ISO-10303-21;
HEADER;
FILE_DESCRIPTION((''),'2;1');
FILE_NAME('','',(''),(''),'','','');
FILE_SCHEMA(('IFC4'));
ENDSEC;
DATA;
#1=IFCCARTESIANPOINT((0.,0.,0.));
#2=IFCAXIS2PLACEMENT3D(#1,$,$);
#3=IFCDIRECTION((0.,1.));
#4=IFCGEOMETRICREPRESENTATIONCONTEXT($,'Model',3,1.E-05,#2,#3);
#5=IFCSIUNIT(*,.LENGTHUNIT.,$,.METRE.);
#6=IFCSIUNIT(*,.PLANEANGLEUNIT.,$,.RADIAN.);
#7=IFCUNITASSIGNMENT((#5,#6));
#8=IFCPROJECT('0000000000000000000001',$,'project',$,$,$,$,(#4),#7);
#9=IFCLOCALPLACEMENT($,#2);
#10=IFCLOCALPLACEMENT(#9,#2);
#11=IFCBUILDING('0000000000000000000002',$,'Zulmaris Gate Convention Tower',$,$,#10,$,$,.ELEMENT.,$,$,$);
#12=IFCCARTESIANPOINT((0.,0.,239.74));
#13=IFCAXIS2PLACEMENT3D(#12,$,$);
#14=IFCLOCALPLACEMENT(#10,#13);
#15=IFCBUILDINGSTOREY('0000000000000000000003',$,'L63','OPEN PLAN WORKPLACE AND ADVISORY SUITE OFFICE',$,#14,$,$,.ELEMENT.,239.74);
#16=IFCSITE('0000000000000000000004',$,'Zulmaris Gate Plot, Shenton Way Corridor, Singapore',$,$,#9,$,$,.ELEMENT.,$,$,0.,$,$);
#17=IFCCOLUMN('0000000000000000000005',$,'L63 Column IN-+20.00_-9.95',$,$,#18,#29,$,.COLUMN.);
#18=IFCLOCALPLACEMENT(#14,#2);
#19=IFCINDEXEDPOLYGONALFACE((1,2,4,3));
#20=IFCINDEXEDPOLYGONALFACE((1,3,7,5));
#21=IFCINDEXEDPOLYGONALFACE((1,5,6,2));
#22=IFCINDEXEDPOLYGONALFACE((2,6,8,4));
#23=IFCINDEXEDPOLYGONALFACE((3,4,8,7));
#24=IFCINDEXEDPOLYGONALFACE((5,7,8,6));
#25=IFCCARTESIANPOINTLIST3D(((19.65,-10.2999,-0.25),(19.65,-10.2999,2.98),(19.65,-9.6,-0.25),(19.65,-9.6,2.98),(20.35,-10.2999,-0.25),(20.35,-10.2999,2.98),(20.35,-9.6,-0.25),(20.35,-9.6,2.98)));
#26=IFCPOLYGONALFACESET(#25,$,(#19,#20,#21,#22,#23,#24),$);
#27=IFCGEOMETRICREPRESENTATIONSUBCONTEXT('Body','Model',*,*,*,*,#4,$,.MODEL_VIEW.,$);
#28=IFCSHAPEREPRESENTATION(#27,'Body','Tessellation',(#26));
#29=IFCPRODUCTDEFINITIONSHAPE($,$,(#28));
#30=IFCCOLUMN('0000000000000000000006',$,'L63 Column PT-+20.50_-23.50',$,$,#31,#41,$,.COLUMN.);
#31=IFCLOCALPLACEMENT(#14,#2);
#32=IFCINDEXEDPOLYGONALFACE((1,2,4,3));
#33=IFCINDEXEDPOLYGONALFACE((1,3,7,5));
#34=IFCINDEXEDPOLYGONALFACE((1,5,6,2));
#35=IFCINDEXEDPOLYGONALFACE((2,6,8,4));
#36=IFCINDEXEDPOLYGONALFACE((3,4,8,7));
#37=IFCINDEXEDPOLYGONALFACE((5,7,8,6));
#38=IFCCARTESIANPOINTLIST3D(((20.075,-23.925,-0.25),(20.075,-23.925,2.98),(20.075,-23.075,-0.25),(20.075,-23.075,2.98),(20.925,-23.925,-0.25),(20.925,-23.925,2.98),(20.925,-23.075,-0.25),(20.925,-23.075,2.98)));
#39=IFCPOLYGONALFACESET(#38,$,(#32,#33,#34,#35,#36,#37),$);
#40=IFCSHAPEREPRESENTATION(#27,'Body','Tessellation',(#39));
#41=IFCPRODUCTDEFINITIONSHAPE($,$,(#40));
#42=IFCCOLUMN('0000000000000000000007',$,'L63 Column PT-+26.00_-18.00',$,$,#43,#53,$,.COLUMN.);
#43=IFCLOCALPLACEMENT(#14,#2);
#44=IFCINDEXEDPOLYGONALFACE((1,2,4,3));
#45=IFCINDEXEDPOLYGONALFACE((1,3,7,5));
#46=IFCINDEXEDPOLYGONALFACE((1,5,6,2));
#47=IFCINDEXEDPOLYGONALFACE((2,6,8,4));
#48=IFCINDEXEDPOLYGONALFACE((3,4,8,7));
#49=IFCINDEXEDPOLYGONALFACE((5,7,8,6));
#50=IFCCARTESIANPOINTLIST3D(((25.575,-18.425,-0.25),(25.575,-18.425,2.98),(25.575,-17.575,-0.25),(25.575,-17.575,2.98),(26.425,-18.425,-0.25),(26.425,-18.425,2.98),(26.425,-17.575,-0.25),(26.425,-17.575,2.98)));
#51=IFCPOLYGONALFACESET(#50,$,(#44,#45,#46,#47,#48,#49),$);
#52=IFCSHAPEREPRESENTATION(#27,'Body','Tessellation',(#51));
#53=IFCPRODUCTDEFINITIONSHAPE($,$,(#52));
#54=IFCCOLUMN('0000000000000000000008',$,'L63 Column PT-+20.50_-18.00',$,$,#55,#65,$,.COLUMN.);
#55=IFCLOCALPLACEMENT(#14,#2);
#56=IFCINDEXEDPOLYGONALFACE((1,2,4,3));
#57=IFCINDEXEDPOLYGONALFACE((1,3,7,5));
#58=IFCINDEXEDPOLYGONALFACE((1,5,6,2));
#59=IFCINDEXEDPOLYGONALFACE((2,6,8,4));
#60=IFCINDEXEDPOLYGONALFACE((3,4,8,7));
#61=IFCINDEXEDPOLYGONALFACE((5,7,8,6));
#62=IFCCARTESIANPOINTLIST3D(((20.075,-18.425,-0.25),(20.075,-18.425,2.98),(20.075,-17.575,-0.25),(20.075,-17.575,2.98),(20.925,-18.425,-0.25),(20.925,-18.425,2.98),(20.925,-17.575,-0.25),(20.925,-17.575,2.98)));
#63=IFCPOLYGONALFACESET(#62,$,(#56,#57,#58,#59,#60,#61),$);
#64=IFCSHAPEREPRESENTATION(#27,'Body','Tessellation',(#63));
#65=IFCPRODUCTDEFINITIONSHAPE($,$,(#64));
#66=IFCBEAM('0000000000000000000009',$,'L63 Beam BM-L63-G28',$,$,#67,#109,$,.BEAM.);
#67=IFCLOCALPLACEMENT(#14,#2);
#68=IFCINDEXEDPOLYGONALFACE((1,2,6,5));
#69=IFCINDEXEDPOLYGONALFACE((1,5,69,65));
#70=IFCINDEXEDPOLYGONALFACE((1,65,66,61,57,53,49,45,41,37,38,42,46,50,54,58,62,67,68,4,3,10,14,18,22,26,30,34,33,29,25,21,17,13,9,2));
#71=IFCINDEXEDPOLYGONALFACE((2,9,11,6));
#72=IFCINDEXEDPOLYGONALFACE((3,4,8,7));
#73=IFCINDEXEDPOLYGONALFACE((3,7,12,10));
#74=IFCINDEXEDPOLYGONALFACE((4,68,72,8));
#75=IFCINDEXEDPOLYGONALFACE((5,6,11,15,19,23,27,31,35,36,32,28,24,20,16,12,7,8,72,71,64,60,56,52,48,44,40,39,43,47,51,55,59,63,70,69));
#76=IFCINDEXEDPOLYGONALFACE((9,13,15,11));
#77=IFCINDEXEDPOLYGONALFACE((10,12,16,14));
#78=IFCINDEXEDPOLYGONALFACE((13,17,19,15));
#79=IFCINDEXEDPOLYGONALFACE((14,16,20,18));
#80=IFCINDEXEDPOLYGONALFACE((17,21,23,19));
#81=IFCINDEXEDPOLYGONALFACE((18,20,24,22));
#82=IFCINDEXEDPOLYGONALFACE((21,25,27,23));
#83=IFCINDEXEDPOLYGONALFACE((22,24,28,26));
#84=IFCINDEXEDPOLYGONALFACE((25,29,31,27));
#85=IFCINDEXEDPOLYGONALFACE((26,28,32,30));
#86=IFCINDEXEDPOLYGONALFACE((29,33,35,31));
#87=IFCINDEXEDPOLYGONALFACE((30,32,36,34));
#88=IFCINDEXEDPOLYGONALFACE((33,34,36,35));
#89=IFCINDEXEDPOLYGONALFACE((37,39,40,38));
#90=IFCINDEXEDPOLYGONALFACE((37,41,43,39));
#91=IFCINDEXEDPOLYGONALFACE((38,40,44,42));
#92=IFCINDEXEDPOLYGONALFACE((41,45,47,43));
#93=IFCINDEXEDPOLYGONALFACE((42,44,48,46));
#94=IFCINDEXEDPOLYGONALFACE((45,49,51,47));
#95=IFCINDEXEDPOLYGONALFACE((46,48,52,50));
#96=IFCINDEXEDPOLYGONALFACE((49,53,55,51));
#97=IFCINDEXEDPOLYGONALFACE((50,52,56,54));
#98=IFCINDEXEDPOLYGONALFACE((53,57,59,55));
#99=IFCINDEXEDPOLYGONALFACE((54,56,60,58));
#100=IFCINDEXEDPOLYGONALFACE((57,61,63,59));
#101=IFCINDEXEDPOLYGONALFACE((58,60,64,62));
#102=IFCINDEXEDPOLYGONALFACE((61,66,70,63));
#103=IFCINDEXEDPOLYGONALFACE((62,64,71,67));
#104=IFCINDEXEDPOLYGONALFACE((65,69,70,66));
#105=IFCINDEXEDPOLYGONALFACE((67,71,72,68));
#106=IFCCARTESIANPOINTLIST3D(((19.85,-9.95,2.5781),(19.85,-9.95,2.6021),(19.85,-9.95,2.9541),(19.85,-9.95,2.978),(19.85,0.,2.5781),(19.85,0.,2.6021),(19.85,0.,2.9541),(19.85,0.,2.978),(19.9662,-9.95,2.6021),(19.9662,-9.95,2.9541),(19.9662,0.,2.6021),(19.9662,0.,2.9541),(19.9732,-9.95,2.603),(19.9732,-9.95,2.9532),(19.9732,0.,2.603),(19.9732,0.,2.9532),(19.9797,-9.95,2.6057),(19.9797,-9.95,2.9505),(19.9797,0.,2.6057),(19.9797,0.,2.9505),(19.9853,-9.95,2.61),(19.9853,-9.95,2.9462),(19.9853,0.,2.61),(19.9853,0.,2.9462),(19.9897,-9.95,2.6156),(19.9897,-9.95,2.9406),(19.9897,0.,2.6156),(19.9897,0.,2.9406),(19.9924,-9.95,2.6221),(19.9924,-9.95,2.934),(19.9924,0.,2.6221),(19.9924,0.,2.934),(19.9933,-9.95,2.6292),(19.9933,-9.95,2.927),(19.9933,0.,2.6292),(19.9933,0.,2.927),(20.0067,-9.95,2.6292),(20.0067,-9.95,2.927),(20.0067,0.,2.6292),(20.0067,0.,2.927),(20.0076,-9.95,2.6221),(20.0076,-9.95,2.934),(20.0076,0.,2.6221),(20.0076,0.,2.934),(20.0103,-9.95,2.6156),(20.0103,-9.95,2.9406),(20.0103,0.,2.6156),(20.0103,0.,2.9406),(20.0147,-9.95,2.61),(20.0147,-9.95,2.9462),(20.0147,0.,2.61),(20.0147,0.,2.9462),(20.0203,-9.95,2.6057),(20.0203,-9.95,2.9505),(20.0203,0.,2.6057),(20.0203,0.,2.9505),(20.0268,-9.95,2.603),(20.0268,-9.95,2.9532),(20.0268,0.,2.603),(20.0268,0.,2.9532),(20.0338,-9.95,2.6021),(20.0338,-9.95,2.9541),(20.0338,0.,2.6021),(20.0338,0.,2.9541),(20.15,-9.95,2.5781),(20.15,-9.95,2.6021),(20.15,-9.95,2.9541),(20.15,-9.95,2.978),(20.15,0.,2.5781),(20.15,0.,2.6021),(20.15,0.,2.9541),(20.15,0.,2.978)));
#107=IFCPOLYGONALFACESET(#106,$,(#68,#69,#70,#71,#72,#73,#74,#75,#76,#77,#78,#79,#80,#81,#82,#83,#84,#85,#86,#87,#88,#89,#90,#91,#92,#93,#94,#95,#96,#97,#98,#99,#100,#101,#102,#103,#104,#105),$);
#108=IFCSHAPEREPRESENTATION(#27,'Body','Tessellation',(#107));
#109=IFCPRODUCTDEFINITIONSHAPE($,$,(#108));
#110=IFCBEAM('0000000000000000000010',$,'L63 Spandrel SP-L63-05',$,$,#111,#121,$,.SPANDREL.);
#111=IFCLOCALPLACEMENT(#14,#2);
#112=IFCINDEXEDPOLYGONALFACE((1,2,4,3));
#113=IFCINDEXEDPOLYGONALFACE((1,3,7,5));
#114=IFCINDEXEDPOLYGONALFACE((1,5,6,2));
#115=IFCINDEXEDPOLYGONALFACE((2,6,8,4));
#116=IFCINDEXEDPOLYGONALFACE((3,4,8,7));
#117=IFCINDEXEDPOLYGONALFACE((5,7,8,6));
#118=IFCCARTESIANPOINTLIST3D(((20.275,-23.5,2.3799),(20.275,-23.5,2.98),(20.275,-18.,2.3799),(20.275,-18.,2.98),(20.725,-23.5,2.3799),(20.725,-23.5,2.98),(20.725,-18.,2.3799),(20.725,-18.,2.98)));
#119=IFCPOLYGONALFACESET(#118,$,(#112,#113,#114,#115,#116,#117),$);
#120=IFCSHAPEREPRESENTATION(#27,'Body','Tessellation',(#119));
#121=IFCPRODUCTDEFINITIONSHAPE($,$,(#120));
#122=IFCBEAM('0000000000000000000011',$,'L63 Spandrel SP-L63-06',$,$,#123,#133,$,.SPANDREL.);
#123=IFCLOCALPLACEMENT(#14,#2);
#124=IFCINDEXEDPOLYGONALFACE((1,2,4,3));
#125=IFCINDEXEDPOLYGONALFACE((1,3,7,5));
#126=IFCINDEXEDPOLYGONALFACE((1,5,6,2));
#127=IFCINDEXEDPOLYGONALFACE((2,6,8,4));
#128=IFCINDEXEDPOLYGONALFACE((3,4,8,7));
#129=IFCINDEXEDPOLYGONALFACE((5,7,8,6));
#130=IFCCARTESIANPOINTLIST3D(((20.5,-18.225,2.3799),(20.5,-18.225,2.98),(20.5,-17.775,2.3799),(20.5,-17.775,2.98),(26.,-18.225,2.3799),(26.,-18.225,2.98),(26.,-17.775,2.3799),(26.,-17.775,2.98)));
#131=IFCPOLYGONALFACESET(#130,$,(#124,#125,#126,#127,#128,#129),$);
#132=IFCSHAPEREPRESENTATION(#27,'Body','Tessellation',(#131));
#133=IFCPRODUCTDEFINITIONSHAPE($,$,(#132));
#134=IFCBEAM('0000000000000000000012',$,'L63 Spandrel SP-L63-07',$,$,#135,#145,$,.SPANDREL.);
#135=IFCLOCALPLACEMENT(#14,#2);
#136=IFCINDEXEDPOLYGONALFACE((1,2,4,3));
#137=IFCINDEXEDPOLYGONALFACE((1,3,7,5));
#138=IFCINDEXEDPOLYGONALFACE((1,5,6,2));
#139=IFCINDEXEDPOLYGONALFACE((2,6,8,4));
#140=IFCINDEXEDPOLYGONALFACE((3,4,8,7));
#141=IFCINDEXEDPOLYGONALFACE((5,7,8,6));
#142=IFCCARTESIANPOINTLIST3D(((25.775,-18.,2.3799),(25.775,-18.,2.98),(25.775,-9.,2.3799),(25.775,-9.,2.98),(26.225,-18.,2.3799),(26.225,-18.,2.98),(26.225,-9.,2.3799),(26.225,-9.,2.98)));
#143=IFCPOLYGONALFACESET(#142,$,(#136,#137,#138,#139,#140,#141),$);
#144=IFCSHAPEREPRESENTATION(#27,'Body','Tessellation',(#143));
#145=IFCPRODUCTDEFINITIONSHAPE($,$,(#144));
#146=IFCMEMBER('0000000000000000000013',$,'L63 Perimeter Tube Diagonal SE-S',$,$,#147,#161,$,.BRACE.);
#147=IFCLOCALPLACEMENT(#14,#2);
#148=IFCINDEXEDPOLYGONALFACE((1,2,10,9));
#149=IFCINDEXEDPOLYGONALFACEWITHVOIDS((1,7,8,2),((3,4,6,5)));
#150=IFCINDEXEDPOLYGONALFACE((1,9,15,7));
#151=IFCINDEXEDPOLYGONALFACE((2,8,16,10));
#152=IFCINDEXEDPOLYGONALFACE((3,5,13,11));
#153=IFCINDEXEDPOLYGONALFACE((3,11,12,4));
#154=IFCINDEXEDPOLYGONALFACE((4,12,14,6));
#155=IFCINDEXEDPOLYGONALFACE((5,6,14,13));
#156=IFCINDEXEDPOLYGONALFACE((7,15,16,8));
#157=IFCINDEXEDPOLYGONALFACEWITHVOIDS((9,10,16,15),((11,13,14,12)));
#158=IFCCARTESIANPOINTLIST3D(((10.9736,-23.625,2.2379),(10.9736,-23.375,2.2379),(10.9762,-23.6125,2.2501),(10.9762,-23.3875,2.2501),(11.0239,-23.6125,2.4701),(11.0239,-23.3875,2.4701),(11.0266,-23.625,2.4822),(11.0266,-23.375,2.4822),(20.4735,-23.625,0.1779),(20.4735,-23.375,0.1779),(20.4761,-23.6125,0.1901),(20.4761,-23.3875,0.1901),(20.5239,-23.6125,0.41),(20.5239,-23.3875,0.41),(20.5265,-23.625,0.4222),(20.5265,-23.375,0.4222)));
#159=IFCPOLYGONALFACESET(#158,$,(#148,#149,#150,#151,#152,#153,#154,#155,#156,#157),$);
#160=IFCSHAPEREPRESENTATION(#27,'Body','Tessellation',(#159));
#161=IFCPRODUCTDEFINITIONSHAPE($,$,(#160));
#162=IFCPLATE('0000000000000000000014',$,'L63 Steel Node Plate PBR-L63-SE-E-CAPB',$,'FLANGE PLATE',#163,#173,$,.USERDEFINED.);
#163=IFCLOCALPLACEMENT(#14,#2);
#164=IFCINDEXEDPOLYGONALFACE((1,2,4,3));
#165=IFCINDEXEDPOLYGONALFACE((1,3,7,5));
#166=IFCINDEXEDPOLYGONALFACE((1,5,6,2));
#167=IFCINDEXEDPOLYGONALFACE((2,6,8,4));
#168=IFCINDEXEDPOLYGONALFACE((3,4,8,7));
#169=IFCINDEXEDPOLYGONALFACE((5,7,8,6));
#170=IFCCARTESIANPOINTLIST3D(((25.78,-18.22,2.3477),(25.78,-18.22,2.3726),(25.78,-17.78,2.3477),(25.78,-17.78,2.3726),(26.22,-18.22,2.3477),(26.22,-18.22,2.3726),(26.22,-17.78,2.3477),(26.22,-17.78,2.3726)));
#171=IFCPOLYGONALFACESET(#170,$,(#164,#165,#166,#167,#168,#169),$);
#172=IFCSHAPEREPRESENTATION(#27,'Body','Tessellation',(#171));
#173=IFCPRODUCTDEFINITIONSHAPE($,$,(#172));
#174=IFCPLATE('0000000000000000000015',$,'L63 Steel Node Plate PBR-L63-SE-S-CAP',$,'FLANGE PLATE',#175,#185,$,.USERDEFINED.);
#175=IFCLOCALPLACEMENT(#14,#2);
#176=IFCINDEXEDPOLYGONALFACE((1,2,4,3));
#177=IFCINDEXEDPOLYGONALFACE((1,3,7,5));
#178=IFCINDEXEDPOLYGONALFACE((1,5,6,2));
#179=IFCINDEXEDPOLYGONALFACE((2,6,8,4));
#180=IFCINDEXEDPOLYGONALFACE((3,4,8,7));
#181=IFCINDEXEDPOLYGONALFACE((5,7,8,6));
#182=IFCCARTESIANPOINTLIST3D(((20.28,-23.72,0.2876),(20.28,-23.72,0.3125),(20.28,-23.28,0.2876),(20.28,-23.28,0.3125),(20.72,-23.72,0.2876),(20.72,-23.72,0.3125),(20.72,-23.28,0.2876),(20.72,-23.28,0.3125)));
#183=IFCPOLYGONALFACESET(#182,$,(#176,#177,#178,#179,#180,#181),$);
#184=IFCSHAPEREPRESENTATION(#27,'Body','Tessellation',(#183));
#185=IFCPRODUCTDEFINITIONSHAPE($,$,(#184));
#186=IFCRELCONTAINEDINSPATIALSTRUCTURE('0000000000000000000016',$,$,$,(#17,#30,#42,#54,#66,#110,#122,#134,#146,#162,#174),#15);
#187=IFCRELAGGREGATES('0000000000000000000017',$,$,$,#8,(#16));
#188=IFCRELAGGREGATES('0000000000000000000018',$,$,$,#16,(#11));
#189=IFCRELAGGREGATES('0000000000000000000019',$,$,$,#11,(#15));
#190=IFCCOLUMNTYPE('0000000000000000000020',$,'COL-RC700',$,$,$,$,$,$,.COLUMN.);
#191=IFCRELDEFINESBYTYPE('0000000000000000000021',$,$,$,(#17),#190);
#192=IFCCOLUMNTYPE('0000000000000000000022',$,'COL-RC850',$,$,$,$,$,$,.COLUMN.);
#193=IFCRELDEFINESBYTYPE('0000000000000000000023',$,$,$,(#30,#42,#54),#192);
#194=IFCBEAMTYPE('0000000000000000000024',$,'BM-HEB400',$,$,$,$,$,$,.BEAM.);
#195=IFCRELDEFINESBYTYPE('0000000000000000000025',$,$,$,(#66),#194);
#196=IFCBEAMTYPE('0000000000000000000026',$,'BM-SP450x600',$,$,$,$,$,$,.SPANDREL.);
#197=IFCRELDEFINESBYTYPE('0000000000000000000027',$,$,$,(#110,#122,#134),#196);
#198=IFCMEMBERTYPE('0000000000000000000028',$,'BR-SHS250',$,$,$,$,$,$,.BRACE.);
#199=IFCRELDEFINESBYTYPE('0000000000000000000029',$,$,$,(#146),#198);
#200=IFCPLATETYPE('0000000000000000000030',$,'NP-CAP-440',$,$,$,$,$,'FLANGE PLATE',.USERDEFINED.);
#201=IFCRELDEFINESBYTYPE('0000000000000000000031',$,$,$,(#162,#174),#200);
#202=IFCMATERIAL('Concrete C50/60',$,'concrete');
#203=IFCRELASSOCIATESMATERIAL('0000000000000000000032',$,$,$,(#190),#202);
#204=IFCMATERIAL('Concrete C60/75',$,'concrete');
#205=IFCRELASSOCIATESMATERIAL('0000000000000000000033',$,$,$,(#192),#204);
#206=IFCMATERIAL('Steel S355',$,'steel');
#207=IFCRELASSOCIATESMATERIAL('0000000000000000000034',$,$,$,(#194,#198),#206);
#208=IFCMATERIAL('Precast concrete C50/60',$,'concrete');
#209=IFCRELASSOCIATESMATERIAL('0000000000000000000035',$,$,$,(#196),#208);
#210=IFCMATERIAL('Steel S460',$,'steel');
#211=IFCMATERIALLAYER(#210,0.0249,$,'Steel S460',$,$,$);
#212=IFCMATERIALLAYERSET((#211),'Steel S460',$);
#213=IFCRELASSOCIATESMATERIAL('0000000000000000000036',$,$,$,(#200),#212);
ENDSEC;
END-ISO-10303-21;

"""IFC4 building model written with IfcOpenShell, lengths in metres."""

from ifc_helpers import new_model, si_unit, direction, frame, origin, origin_2d, place, context, subcontext, project, spatial, rectangle, hollow_rectangle, i_section, extrude, material, layer, layer_set, material_profile, profile_set, type_object, element, save


model = new_model("IFC4")

# Units and contexts
model_context = context("Model", 3, precision=1e-05, world=origin(), true_north=direction((0.0, 1.0)))
body_context = subcontext(model_context, "Body", "Model", "MODEL_VIEW")
ifc_project = project(units=[si_unit("LENGTHUNIT", "METRE"), si_unit("PLANEANGLEUNIT", "RADIAN")], contexts=[model_context])

# Site, building, storey
site_placement = place(None, origin())
site = spatial("IfcSite", under=ifc_project, at=site_placement, Name="Zulmaris Gate Plot, Shenton Way Corridor, Singapore", CompositionType="ELEMENT", RefElevation=0.0)
building_placement = place(site_placement, origin())
building = spatial("IfcBuilding", under=site, at=building_placement, Name="Zulmaris Gate Convention Tower", CompositionType="ELEMENT")
storey_placement = place(building_placement, frame((0.0, 0.0, 239.74)))
storey = spatial("IfcBuildingStorey", under=building, at=storey_placement, Name="L63", Description="OPEN PLAN WORKPLACE AND ADVISORY SUITE OFFICE", CompositionType="ELEMENT", Elevation=239.74)

# Columns
ifc_material_1 = material(Name="Concrete C50/60", Category="concrete")
ifc_material_profile_1 = material_profile(ifc_material_1, rectangle(XDim=0.7, YDim=0.7, at=origin_2d()), Name="RC COL 700x700")
ifc_profile_set_1 = profile_set([ifc_material_profile_1], Name="Concrete C50/60")
column_type_1 = type_object("IfcColumnType", Name="COL-RC700", PredefinedType="COLUMN", material=ifc_profile_set_1)
column_placement = place(storey_placement, frame((20.0, -9.95, -0.25), z_axis=(0.0, 0.0, 1.0), x_axis=(1.0, 0.0, 0.0)))
element("IfcColumn", 1, at=column_placement, inside=storey, type_object=column_type_1, Name="L63 Column IN-+20.00_-9.95", PredefinedType="COLUMN", context=body_context, shape_type="SweptSolid", body=[
    extrude(rectangle(XDim=0.7, YDim=0.7, at=origin_2d()), origin(), (0.0, 0.0, 1.0), 3.23),
])
ifc_material_2 = material(Name="Concrete C60/75", Category="concrete")
ifc_material_profile_2 = material_profile(ifc_material_2, rectangle(XDim=0.8501, YDim=0.8501, at=origin_2d()), Name="RC COL 850x850")
ifc_profile_set_2 = profile_set([ifc_material_profile_2], Name="Concrete C60/75")
column_type_2 = type_object("IfcColumnType", Name="COL-RC850", PredefinedType="COLUMN", material=ifc_profile_set_2)
for number, where, z_axis, x_axis, name in (
    (2, (20.5, -23.5, -0.25), (0.0, 0.0, 1.0), (1.0, 0.0, 0.0), "L63 Column PT-+20.50_-23.50"),
    (3, (26.0, -18.0, -0.25), (0.0, 0.0, 1.0), (1.0, 0.0, 0.0), "L63 Column PT-+26.00_-18.00"),
    (4, (20.5, -18.0, -0.25), (0.0, 0.0, 1.0), (1.0, 0.0, 0.0), "L63 Column PT-+20.50_-18.00"),
):
    element("IfcColumn", number, at=place(storey_placement, frame(where, z_axis=z_axis, x_axis=x_axis)), inside=storey, type_object=column_type_2, Name=name, PredefinedType="COLUMN", context=body_context, shape_type="SweptSolid", body=[
        extrude(rectangle(XDim=0.8501, YDim=0.8501, at=origin_2d()), origin(), (0.0, 0.0, 1.0), 3.23),
    ])

# Beams
ifc_material_3 = material(Name="Steel S355", Category="steel")
ifc_material_profile_3 = material_profile(ifc_material_3, i_section(OverallWidth=0.3, OverallDepth=0.3999, WebThickness=0.0134, FlangeThickness=0.0239, FilletRadius=0.0271, at=origin_2d()), Name="HEB 400")
ifc_profile_set_3 = profile_set([ifc_material_profile_3], Name="Steel S355")
beam_type_1 = type_object("IfcBeamType", Name="BM-HEB400", PredefinedType="BEAM", material=ifc_profile_set_3)
beam_1_placement = place(storey_placement, frame((20.0, -9.95, 2.7781), z_axis=(0.0, 1.0, 0.0), x_axis=(-1.0, 0.0, 0.0)))
element("IfcBeam", 5, at=beam_1_placement, inside=storey, type_object=beam_type_1, Name="L63 Beam BM-L63-G28", PredefinedType="BEAM", context=body_context, shape_type="SweptSolid", body=[
    extrude(i_section(OverallWidth=0.3, OverallDepth=0.3999, WebThickness=0.0134, FlangeThickness=0.0239, FilletRadius=0.0271, at=origin_2d()), origin(), (0.0, 0.0, 1.0), 9.95),
])
ifc_material_4 = material(Name="Precast concrete C50/60", Category="concrete")
ifc_material_profile_4 = material_profile(ifc_material_4, rectangle(XDim=0.45, YDim=0.6001, at=origin_2d()), Name="RC SPANDREL 450x600")
ifc_profile_set_4 = profile_set([ifc_material_profile_4], Name="Precast concrete C50/60")
beam_type_2 = type_object("IfcBeamType", Name="BM-SP450x600", PredefinedType="SPANDREL", material=ifc_profile_set_4)
for number, where, z_axis, x_axis, name in (
    (6, (20.5, -23.5, 2.6799), (0.0, 1.0, 0.0), (-1.0, 0.0, 0.0), "L63 Spandrel SP-L63-05"),
    (7, (20.5, -18.0, 2.6799), (1.0, 0.0, 0.0), (0.0, 1.0, 0.0), "L63 Spandrel SP-L63-06"),
):
    element("IfcBeam", number, at=place(storey_placement, frame(where, z_axis=z_axis, x_axis=x_axis)), inside=storey, type_object=beam_type_2, Name=name, PredefinedType="SPANDREL", context=body_context, shape_type="SweptSolid", body=[
        extrude(rectangle(XDim=0.45, YDim=0.6001, at=origin_2d()), origin(), (0.0, 0.0, 1.0), 5.5),
    ])
beam_2_placement = place(storey_placement, frame((26.0, -18.0, 2.6799), z_axis=(0.0, 1.0, 0.0), x_axis=(-1.0, 0.0, 0.0)))
element("IfcBeam", 8, at=beam_2_placement, inside=storey, type_object=beam_type_2, Name="L63 Spandrel SP-L63-07", PredefinedType="SPANDREL", context=body_context, shape_type="SweptSolid", body=[
    extrude(rectangle(XDim=0.45, YDim=0.6001, at=origin_2d()), origin(), (0.0, 0.0, 1.0), 9.0),
])

# Member
ifc_material_profile_5 = material_profile(ifc_material_3, hollow_rectangle(XDim=0.25, YDim=0.25, WallThickness=0.0125, at=origin_2d()), Name="SHS 250x250x12.5")
ifc_profile_set_5 = profile_set([ifc_material_profile_5], Name="Steel S355")
member_type = type_object("IfcMemberType", Name="BR-SHS250", PredefinedType="BRACE", material=ifc_profile_set_5)
member_placement = place(storey_placement, frame((20.5, -23.5, 0.3), z_axis=(-0.977286, 0.0, 0.211923), x_axis=(0.0, -1.0, 0.0)))
element("IfcMember", 9, at=member_placement, inside=storey, type_object=member_type, Name="L63 Perimeter Tube Diagonal SE-S", PredefinedType="BRACE", context=body_context, shape_type="SweptSolid", body=[
    extrude(hollow_rectangle(XDim=0.25, YDim=0.25, WallThickness=0.0125, at=origin_2d()), origin(), (0.0, 0.0, 1.0), 9.7207),
])

# Plates
ifc_material_5 = material(Name="Steel S460", Category="steel")
ifc_layer_1 = layer(ifc_material_5, 0.0249, Name="Steel S460")
ifc_layer_set_1 = layer_set([ifc_layer_1], Name="Steel S460")
plate_type = type_object("IfcPlateType", Name="NP-CAP-440", ElementType="FLANGE PLATE", PredefinedType="USERDEFINED", material=ifc_layer_set_1)
for number, where, z_axis, x_axis, name in (
    (10, (26.0, -18.0, 2.3477), (0.0, 0.0, 1.0), (1.0, 0.0, 0.0), "L63 Steel Node Plate PBR-L63-SE-E-CAPB"),
    (11, (20.5, -23.5, 0.2876), (0.0, 0.0, 1.0), (1.0, 0.0, 0.0), "L63 Steel Node Plate PBR-L63-SE-S-CAP"),
):
    element("IfcPlate", number, at=place(storey_placement, frame(where, z_axis=z_axis, x_axis=x_axis)), inside=storey, type_object=plate_type, Name=name, ObjectType="FLANGE PLATE", PredefinedType="USERDEFINED", context=body_context, shape_type="SweptSolid", body=[
        extrude(rectangle(XDim=0.4399, YDim=0.4399, at=origin_2d()), origin(), (0.0, 0.0, 1.0), 0.0249),
    ])

save(model, "model.ifc")
